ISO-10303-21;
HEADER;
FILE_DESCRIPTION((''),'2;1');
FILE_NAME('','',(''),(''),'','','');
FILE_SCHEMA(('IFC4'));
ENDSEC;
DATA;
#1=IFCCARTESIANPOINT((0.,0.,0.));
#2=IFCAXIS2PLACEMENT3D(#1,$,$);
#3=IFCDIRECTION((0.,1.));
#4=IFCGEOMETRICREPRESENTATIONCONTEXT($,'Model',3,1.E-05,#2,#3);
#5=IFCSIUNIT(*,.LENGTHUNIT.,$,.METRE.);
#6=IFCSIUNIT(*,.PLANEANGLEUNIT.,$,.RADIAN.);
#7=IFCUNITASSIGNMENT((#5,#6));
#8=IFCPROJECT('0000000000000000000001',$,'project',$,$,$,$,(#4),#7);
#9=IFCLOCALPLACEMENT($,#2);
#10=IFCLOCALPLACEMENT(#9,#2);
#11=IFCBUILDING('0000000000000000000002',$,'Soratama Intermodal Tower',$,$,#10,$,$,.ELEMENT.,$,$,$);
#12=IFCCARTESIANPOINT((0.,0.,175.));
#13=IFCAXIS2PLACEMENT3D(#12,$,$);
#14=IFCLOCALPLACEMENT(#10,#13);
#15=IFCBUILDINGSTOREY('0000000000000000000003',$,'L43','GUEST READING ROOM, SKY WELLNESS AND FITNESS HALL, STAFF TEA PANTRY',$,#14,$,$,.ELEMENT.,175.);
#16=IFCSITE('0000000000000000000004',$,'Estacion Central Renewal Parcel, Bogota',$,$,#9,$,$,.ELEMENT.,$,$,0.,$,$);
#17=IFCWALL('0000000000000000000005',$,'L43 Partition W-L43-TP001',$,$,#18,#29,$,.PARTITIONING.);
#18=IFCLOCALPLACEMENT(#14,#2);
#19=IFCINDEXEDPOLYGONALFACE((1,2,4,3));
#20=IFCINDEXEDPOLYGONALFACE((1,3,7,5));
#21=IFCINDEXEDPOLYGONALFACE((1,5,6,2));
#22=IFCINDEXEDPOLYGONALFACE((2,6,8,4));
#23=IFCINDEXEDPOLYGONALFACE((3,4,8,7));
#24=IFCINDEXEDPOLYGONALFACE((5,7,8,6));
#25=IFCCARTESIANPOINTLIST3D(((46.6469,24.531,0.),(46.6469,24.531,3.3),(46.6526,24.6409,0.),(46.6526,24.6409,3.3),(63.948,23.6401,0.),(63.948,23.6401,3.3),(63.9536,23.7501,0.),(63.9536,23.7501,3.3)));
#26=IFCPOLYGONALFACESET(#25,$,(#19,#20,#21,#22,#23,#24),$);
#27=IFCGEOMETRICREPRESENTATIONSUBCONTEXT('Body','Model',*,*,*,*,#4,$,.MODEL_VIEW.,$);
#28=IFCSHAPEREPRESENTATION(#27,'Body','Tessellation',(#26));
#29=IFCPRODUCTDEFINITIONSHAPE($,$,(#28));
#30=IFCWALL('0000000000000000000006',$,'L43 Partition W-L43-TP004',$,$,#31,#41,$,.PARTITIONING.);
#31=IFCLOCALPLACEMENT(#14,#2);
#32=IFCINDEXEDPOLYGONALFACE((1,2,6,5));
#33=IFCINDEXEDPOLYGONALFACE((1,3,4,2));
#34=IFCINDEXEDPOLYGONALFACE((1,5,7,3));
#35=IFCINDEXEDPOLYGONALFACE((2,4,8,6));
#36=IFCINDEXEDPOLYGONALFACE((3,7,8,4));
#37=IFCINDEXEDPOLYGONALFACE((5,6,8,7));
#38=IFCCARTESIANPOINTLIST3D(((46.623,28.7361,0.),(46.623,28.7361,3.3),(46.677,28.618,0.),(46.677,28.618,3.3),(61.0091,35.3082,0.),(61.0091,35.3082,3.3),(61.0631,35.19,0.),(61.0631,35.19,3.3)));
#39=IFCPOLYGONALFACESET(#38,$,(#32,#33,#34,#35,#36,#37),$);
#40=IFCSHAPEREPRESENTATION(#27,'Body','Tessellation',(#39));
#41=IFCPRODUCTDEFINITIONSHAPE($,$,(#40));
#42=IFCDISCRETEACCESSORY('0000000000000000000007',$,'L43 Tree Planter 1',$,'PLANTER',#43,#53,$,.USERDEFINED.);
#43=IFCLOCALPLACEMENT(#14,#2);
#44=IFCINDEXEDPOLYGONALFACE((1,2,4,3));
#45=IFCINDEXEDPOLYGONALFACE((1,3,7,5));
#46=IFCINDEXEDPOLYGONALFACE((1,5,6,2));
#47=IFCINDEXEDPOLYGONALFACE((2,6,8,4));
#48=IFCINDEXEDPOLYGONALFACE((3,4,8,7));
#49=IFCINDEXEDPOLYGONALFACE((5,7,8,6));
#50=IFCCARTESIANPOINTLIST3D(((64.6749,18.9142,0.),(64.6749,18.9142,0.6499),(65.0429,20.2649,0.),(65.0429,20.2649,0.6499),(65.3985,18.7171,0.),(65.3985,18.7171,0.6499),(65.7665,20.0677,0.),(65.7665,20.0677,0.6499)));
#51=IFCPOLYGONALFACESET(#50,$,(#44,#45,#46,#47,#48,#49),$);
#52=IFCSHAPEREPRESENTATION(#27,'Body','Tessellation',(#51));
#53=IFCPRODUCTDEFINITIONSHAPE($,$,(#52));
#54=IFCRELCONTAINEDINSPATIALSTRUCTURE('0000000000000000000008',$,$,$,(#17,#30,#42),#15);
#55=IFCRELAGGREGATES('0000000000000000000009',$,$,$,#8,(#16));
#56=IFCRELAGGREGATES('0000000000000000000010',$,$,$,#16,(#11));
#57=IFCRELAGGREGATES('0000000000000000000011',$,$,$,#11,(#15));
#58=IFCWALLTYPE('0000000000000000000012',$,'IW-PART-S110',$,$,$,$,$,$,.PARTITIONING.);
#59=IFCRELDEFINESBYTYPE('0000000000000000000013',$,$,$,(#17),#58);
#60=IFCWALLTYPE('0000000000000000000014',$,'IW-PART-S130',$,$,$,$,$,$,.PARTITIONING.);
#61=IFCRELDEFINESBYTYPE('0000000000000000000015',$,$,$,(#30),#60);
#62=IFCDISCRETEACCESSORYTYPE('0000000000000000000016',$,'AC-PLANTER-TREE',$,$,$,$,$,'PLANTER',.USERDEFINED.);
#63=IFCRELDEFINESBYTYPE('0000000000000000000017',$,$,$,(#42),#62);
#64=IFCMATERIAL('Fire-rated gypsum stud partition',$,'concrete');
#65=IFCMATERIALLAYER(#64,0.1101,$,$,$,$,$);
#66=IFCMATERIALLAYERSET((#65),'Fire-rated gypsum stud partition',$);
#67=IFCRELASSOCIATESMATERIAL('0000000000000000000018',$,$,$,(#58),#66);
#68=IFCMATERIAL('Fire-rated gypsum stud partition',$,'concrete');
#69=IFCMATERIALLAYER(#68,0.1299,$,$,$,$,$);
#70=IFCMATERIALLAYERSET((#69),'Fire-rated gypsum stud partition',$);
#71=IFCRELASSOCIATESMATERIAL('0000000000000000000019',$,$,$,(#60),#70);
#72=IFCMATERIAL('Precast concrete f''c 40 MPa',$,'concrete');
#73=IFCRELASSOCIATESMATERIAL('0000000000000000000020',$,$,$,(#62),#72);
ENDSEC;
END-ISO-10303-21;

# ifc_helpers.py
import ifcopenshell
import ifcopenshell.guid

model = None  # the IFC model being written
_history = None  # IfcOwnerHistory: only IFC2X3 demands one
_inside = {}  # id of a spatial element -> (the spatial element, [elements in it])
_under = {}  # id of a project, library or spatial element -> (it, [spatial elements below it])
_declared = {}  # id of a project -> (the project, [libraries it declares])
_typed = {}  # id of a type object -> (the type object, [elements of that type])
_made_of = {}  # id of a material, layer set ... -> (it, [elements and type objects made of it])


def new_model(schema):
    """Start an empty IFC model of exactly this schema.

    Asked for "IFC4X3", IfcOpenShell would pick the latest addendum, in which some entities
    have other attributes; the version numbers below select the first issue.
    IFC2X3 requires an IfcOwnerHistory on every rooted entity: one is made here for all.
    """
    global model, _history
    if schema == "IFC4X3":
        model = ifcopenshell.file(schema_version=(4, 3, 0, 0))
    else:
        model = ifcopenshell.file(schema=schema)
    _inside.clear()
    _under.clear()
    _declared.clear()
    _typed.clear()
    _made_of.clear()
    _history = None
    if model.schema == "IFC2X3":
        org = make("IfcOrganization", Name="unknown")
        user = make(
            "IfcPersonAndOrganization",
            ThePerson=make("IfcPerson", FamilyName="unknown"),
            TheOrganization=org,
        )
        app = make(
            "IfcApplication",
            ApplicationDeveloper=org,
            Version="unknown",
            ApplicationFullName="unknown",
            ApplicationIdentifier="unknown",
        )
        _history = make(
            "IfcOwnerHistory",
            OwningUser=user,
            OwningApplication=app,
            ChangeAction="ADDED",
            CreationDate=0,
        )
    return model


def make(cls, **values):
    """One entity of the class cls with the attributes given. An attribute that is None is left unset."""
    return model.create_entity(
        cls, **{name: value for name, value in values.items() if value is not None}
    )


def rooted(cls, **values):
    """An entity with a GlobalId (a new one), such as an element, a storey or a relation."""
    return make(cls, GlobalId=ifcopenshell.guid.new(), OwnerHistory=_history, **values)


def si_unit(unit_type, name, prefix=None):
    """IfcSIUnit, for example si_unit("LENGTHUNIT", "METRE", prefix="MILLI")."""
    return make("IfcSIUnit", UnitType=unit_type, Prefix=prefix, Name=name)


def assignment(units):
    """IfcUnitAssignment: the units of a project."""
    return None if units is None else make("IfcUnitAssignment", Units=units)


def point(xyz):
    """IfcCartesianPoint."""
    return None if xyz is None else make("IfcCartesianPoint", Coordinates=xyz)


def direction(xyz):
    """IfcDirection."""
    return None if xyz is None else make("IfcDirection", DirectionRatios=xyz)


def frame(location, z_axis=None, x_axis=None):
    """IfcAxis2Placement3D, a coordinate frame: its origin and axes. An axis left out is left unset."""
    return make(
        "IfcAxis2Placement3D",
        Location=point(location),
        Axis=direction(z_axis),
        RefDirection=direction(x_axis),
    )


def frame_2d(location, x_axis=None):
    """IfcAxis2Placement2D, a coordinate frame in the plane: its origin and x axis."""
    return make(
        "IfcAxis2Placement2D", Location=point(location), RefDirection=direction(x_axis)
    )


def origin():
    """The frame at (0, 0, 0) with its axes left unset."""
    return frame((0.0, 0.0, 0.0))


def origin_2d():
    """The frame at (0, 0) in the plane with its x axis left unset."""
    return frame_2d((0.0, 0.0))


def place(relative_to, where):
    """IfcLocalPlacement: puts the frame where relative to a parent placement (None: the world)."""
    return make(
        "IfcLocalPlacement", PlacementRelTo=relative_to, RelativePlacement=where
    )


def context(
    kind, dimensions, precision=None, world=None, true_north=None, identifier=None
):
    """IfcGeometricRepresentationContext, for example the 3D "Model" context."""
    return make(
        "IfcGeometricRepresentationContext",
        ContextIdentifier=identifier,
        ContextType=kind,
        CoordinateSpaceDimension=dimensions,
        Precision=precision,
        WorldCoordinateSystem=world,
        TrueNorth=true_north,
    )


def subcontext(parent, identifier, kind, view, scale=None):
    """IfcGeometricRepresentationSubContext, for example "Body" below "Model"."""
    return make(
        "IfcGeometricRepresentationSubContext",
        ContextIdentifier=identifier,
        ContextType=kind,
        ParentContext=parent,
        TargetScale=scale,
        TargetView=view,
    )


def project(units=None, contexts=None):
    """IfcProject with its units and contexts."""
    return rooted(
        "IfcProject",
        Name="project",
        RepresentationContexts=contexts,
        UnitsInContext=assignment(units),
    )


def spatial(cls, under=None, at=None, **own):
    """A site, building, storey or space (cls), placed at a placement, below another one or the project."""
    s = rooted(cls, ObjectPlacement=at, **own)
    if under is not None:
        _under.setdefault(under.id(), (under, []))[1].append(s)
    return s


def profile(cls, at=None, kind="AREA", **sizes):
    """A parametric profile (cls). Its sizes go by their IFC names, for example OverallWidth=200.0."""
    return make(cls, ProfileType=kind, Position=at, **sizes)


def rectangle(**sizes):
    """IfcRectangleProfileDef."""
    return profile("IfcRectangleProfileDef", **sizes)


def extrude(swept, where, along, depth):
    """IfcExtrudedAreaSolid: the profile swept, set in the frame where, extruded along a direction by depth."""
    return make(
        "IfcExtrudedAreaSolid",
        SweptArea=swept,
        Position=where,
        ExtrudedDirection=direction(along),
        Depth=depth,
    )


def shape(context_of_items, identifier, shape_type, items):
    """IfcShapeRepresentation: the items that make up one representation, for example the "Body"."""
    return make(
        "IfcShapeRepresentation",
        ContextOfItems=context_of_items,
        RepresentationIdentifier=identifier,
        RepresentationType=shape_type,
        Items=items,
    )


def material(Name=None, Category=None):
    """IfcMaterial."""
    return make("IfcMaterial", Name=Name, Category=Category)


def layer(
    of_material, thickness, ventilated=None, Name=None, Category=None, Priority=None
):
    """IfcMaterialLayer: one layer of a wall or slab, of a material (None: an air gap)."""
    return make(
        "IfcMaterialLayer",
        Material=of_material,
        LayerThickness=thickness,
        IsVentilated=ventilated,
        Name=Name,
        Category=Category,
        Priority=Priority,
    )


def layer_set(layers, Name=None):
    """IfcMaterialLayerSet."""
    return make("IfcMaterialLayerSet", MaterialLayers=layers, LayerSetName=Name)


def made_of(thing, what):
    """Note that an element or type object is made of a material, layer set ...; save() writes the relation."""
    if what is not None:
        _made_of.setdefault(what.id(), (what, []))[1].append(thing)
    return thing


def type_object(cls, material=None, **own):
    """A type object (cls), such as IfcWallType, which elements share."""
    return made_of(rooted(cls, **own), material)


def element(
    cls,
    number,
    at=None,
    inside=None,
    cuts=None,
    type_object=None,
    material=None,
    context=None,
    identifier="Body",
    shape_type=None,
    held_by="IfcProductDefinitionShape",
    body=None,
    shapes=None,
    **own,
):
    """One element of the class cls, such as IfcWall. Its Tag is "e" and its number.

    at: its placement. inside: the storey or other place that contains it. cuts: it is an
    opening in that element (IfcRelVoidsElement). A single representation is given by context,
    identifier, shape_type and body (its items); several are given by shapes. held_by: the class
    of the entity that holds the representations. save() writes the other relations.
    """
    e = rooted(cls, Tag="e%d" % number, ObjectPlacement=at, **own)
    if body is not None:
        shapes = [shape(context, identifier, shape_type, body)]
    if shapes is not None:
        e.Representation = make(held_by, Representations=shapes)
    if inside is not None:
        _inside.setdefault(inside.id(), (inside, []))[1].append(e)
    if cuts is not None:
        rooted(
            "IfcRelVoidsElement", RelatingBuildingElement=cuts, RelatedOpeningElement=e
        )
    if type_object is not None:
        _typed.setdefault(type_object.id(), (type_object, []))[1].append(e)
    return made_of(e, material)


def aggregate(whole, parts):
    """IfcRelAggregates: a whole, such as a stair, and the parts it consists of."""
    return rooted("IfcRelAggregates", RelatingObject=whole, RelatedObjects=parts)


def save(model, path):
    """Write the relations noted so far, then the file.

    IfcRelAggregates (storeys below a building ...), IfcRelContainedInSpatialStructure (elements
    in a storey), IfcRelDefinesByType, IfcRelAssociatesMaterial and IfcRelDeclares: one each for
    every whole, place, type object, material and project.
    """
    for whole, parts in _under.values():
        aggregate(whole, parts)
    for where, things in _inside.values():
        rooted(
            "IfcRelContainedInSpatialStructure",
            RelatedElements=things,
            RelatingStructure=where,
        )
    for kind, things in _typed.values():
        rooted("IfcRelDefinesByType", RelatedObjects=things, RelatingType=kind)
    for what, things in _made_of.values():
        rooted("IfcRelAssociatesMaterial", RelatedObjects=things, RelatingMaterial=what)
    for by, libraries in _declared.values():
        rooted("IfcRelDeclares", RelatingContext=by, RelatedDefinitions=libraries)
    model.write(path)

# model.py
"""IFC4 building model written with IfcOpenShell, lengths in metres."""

from ifc_helpers import new_model, si_unit, direction, frame, frame_2d, origin, origin_2d, place, context, subcontext, project, spatial, rectangle, extrude, material, layer, layer_set, type_object, element, save


model = new_model("IFC4")

# Units and contexts
model_context = context("Model", 3, precision=1e-05, world=origin(), true_north=direction((0.0, 1.0)))
body_context = subcontext(model_context, "Body", "Model", "MODEL_VIEW")
ifc_project = project(units=[si_unit("LENGTHUNIT", "METRE"), si_unit("PLANEANGLEUNIT", "RADIAN")], contexts=[model_context])

# Site, building, storey
site_placement = place(None, origin())
site = spatial("IfcSite", under=ifc_project, at=site_placement, Name="Estacion Central Renewal Parcel, Bogota", CompositionType="ELEMENT", RefElevation=0.0)
building_placement = place(site_placement, origin())
building = spatial("IfcBuilding", under=site, at=building_placement, Name="Soratama Intermodal Tower", CompositionType="ELEMENT")
storey_placement = place(building_placement, frame((0.0, 0.0, 175.0)))
storey = spatial("IfcBuildingStorey", under=building, at=storey_placement, Name="L43", Description="GUEST READING ROOM, SKY WELLNESS AND FITNESS HALL, STAFF TEA PANTRY", CompositionType="ELEMENT", Elevation=175.0)

# Walls
ifc_material_1 = material(Name="Fire-rated gypsum stud partition", Category="concrete")
ifc_layer_1 = layer(ifc_material_1, 0.1101)
ifc_layer_set_1 = layer_set([ifc_layer_1], Name="Fire-rated gypsum stud partition")
wall_type_1 = type_object("IfcWallType", Name="IW-PART-S110", PredefinedType="PARTITIONING", material=ifc_layer_set_1)
wall_1_placement = place(storey_placement, frame((63.9509, 23.6951, 0.0), z_axis=(0.0, 0.0, 1.0), x_axis=(-0.998677, 0.051424, 0.0)))
element("IfcWall", 1, at=wall_1_placement, inside=storey, type_object=wall_type_1, Name="L43 Partition W-L43-TP001", PredefinedType="PARTITIONING", context=body_context, shape_type="SweptSolid", body=[
    extrude(rectangle(XDim=17.324, YDim=0.1101, at=frame_2d((8.6621, 0.0))), origin(), (0.0, 0.0, 1.0), 3.3),
])
ifc_material_2 = material(Name="Fire-rated gypsum stud partition", Category="concrete")
ifc_layer_2 = layer(ifc_material_2, 0.1299)
ifc_layer_set_2 = layer_set([ifc_layer_2], Name="Fire-rated gypsum stud partition")
wall_type_2 = type_object("IfcWallType", Name="IW-PART-S130", PredefinedType="PARTITIONING", material=ifc_layer_set_2)
wall_2_placement = place(storey_placement, frame((46.6499, 28.677, 0.0), z_axis=(0.0, 0.0, 1.0), x_axis=(0.90958, 0.415528, 0.0)))
element("IfcWall", 2, at=wall_2_placement, inside=storey, type_object=wall_type_2, Name="L43 Partition W-L43-TP004", PredefinedType="PARTITIONING", context=body_context, shape_type="SweptSolid", body=[
    extrude(rectangle(XDim=15.8162, YDim=0.1299, at=frame_2d((7.9082, 0.0))), origin(), (0.0, 0.0, 1.0), 3.3),
])

# Discrete accessory
ifc_material_3 = material(Name="Precast concrete f'c 40 MPa", Category="concrete")
discrete_accessory_type = type_object("IfcDiscreteAccessoryType", Name="AC-PLANTER-TREE", ElementType="PLANTER", PredefinedType="USERDEFINED", material=ifc_material_3)
discrete_accessory_placement = place(storey_placement, frame((65.2207, 19.491, 0.0), z_axis=(0.0, 0.0, 1.0), x_axis=(0.964833, -0.262863, 0.0)))
element("IfcDiscreteAccessory", 3, at=discrete_accessory_placement, inside=storey, type_object=discrete_accessory_type, Name="L43 Tree Planter 1", ObjectType="PLANTER", PredefinedType="USERDEFINED", context=body_context, shape_type="SweptSolid", body=[
    extrude(rectangle(XDim=0.75, YDim=1.3999, at=origin_2d()), origin(), (0.0, 0.0, 1.0), 0.6499),
])

save(model, "model.ifc")
